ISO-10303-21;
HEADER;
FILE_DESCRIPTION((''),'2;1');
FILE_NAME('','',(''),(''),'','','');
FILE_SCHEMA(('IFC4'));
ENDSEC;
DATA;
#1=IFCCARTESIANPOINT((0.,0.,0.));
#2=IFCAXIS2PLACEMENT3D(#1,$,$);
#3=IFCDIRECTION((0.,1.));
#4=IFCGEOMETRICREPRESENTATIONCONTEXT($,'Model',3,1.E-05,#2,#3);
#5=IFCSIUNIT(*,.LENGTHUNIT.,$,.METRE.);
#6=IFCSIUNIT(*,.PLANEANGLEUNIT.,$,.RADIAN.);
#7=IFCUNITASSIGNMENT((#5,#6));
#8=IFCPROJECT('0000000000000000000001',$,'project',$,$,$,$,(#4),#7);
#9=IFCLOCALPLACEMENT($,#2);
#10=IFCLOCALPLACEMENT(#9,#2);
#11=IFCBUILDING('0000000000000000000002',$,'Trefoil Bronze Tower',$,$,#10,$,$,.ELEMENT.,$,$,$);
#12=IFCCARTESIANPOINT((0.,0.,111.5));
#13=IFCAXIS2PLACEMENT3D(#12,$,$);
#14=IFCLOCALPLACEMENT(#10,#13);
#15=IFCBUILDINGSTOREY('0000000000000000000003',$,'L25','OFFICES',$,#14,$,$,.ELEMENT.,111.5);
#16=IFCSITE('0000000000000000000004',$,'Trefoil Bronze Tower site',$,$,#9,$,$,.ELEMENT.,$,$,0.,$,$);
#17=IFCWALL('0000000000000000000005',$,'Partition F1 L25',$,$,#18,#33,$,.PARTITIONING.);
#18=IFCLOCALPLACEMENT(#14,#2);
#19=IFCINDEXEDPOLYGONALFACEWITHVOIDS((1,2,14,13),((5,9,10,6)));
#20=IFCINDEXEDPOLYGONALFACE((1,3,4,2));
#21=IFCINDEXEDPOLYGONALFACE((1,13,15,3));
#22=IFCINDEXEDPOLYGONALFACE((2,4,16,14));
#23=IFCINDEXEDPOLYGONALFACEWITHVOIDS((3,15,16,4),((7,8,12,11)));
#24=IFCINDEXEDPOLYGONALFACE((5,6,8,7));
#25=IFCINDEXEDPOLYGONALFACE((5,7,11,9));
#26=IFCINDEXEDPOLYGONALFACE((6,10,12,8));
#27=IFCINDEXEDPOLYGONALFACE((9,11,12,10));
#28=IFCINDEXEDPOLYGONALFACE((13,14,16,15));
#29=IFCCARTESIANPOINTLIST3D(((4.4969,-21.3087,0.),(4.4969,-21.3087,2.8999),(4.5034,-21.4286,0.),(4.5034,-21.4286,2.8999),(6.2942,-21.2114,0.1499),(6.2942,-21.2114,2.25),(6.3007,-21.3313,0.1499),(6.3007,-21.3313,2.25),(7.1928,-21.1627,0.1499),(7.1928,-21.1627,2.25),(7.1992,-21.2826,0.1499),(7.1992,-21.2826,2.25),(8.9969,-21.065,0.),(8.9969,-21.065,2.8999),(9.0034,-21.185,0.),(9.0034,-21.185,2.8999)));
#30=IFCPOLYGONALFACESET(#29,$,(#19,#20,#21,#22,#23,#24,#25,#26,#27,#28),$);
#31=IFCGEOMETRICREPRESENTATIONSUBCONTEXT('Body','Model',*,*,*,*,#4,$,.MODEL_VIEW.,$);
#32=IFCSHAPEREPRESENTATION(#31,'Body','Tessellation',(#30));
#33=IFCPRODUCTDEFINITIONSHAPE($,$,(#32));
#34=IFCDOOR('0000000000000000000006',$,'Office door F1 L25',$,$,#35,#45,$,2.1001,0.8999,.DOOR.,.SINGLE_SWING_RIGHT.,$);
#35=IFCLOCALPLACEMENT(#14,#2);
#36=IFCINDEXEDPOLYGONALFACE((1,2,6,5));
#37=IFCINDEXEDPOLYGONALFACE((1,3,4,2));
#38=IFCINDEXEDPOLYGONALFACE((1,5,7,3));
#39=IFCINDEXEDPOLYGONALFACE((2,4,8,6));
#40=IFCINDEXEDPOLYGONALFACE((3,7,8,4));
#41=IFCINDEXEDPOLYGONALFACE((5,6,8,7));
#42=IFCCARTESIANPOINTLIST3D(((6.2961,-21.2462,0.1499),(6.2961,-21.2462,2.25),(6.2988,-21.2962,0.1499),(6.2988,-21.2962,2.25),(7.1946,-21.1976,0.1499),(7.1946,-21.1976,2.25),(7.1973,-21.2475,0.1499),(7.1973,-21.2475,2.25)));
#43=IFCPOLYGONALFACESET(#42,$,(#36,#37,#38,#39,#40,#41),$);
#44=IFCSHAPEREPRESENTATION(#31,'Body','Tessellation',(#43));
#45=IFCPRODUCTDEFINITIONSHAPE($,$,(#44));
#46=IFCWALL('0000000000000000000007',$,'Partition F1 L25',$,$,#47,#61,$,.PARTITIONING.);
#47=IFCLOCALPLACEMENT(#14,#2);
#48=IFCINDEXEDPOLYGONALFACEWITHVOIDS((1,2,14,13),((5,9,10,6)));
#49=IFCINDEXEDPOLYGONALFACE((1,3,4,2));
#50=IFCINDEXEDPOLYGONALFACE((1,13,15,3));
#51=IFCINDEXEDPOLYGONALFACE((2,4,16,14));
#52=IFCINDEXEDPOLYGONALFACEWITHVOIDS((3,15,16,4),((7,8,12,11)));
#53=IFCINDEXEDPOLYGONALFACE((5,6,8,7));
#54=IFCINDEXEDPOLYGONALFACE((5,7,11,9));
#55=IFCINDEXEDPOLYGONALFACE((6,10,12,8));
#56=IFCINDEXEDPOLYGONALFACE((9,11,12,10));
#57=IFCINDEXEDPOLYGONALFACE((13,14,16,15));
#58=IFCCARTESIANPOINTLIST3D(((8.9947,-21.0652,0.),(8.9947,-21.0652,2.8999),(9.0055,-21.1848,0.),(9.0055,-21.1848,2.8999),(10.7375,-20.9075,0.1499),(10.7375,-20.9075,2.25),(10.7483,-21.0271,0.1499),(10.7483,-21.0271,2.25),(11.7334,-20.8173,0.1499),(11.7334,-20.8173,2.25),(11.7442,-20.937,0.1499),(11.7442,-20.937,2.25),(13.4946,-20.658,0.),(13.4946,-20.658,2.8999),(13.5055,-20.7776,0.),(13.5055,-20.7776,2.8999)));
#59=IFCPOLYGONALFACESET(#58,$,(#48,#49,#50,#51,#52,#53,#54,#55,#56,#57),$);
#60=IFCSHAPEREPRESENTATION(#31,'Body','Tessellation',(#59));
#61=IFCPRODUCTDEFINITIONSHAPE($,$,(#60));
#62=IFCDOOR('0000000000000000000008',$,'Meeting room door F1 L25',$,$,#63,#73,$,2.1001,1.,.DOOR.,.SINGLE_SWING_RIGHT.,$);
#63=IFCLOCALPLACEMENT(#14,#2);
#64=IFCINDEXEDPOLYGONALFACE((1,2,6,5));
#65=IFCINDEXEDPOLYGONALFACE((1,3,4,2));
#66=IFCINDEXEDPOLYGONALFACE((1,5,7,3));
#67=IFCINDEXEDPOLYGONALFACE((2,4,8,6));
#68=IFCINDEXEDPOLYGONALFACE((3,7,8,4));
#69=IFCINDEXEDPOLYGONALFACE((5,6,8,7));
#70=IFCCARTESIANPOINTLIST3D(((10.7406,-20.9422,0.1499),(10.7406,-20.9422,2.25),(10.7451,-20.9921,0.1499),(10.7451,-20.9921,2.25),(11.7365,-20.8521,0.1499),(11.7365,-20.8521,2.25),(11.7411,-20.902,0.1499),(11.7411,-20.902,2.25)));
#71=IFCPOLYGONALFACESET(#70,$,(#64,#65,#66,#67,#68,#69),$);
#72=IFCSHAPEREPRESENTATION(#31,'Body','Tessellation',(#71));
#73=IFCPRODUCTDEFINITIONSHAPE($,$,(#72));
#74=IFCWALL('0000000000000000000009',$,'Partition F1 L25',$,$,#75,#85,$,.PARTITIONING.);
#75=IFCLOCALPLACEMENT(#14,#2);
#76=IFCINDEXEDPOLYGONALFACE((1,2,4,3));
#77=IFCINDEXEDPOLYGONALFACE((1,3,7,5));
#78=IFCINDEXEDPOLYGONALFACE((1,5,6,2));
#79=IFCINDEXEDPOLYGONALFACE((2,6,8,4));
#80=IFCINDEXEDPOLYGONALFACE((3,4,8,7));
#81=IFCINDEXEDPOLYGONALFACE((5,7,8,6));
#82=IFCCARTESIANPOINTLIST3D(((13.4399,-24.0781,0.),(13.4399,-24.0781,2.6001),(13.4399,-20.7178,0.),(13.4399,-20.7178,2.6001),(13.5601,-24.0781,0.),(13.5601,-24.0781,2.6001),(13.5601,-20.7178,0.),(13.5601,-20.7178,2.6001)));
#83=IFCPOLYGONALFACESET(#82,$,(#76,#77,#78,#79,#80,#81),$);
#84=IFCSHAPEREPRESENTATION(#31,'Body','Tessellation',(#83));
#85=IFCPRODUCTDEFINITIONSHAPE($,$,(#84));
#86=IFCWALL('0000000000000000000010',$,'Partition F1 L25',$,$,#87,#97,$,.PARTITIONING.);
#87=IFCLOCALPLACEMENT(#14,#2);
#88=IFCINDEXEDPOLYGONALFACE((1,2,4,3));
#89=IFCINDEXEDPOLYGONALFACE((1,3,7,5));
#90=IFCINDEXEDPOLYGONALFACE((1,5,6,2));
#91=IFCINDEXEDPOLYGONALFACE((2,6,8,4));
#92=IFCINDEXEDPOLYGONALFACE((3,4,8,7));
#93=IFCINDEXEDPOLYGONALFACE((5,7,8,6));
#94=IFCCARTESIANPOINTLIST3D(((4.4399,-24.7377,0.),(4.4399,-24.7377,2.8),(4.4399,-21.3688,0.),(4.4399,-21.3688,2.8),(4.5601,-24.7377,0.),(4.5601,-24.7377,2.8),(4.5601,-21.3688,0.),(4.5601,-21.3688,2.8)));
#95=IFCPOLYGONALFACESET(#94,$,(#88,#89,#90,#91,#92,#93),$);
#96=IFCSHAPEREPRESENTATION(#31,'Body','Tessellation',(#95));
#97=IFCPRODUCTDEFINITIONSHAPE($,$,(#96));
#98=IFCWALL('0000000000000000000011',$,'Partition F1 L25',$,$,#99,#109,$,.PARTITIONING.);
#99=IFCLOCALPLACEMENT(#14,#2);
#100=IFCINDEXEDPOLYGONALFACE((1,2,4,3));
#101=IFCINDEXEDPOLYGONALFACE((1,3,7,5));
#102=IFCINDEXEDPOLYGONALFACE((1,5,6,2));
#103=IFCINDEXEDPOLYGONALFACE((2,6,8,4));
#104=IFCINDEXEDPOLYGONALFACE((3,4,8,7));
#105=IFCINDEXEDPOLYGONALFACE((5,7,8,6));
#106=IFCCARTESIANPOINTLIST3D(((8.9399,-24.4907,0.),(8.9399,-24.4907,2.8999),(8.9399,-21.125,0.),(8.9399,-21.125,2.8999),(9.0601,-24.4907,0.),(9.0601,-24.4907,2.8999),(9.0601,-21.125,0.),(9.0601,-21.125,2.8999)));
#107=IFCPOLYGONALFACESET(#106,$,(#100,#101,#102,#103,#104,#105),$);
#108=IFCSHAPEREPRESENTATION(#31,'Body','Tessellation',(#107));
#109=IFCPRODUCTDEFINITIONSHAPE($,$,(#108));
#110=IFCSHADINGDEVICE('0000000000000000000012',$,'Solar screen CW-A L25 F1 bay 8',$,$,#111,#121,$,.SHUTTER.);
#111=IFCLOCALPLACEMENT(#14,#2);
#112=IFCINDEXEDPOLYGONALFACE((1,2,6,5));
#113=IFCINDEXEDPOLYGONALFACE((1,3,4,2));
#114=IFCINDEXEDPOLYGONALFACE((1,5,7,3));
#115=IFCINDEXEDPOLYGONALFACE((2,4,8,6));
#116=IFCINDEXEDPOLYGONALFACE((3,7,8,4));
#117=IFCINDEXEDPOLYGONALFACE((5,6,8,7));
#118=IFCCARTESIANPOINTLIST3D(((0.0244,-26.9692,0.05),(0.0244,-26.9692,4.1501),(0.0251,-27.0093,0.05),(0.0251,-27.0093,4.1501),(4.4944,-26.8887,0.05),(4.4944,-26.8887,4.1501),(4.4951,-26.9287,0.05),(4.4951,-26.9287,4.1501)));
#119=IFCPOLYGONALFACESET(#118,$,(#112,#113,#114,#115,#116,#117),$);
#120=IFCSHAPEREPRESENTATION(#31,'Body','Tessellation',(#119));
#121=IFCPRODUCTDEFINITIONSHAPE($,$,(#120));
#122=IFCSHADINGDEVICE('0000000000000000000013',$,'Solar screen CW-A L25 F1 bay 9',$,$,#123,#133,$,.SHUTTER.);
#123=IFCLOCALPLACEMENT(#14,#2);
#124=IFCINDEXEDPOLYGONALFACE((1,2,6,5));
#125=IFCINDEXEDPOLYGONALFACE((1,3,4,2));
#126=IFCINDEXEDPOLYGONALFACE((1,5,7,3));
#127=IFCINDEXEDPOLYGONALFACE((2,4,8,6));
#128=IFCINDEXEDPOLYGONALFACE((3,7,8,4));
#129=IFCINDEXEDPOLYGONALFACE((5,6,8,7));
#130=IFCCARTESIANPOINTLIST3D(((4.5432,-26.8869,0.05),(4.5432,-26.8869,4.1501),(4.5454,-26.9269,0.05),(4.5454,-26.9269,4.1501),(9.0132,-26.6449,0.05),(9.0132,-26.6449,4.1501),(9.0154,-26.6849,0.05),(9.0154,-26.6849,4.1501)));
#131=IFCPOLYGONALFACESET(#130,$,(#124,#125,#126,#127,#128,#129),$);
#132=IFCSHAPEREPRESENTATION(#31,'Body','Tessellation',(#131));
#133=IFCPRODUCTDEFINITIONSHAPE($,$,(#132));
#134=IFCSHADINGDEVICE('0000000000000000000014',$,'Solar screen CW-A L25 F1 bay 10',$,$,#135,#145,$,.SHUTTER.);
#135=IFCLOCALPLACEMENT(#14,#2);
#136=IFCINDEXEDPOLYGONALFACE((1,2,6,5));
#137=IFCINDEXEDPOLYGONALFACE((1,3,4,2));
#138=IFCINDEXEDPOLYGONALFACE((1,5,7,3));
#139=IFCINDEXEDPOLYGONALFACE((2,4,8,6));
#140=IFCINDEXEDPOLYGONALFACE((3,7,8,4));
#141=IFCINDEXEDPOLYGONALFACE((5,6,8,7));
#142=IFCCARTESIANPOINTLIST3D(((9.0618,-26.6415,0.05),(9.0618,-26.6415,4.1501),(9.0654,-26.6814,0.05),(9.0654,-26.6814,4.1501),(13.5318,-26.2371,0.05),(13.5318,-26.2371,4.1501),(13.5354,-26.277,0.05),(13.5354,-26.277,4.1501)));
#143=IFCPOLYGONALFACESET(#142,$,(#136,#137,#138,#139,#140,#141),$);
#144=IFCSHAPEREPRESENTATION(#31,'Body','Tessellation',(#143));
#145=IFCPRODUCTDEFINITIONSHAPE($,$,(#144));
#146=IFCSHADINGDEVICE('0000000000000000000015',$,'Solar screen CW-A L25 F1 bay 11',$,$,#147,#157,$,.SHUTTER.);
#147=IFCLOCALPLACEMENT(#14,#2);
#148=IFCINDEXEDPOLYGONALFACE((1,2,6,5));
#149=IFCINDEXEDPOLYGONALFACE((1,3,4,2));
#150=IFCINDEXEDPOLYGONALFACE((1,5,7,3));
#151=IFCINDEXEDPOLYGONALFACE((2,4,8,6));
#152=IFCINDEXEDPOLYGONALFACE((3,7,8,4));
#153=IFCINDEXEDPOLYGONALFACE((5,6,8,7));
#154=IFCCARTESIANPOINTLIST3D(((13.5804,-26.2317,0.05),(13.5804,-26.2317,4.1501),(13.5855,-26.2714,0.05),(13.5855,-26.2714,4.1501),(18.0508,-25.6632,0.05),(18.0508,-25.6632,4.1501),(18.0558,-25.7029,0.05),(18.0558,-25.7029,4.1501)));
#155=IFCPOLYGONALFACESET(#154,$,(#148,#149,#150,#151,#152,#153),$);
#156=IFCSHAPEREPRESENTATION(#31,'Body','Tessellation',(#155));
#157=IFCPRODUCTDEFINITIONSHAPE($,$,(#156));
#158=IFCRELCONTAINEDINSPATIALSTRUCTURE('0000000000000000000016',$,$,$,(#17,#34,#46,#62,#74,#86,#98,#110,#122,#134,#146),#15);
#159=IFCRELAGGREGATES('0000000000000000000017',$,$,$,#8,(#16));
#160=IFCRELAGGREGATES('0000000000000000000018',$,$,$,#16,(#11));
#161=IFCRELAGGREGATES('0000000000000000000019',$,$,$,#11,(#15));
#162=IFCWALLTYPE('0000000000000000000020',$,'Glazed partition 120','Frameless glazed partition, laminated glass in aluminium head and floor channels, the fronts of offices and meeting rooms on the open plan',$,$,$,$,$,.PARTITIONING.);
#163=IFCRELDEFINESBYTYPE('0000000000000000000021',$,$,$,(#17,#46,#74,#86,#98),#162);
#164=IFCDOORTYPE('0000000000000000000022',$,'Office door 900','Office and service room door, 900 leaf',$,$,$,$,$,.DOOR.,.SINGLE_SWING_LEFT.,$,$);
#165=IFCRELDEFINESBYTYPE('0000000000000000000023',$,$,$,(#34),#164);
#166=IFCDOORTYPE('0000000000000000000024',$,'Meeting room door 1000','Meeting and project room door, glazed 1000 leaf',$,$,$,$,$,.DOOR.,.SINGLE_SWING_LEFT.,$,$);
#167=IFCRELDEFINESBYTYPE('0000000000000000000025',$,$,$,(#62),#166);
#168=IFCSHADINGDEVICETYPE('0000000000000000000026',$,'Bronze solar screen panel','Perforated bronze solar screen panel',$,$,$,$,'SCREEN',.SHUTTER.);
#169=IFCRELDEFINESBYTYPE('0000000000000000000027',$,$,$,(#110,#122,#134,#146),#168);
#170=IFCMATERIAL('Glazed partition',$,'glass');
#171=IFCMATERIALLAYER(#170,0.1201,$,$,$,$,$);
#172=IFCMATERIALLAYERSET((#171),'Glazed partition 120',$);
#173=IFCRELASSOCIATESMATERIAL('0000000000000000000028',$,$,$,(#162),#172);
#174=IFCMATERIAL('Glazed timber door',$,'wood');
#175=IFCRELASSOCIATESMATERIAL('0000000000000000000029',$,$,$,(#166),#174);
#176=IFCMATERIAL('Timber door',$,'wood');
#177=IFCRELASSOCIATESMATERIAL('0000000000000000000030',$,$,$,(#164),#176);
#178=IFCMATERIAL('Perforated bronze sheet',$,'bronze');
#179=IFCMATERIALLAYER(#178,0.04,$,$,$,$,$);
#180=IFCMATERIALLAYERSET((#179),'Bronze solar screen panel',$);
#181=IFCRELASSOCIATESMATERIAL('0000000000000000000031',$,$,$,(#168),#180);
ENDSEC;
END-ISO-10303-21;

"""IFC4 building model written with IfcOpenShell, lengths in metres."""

from ifc_helpers import new_model, si_unit, direction, frame, frame_2d, origin, origin_2d, place, context, subcontext, project, spatial, rectangle, extrude, material, layer, layer_set, type_object, element, fill, save


model = new_model("IFC4")

# Units and contexts
model_context = context("Model", 3, precision=1e-05, world=origin(), true_north=direction((0.0, 1.0)))
body_context = subcontext(model_context, "Body", "Model", "MODEL_VIEW")
ifc_project = project(units=[si_unit("LENGTHUNIT", "METRE"), si_unit("PLANEANGLEUNIT", "RADIAN")], contexts=[model_context])

# Site, building, storey
site_placement = place(None, origin())
site = spatial("IfcSite", under=ifc_project, at=site_placement, Name="Trefoil Bronze Tower site", CompositionType="ELEMENT", RefElevation=0.0)
building_placement = place(site_placement, origin())
building = spatial("IfcBuilding", under=site, at=building_placement, Name="Trefoil Bronze Tower", CompositionType="ELEMENT")
storey_placement = place(building_placement, frame((0.0, 0.0, 111.5)))
storey = spatial("IfcBuildingStorey", under=building, at=storey_placement, Name="L25", Description="OFFICES", CompositionType="ELEMENT", Elevation=111.5)

# Walls, openings, doors
ifc_material_1 = material(Name="Glazed partition", Category="glass")
ifc_layer_1 = layer(ifc_material_1, 0.1201)
ifc_layer_set_1 = layer_set([ifc_layer_1], Name="Glazed partition 120")
wall_type = type_object("IfcWallType", Name="Glazed partition 120", Description="Frameless glazed partition, laminated glass in aluminium head and floor channels, the fronts of offices and meeting rooms on the open plan", PredefinedType="PARTITIONING", material=ifc_layer_set_1)
ifc_material_2 = material(Name="Glazed timber door", Category="wood")
door_type_1 = type_object("IfcDoorType", Name="Meeting room door 1000", Description="Meeting and project room door, glazed 1000 leaf", OperationType="SINGLE_SWING_LEFT", PredefinedType="DOOR", material=ifc_material_2)
wall_1_placement = place(storey_placement, frame((4.5, -21.3687, 0.0), z_axis=(0.0, 0.0, 1.0), x_axis=(0.998537, 0.054066, 0.0)))
wall_1 = element("IfcWall", 1, at=wall_1_placement, inside=storey, type_object=wall_type, Name="Partition F1 L25", PredefinedType="PARTITIONING", context=body_context, shape_type="SweptSolid", body=[
    extrude(rectangle(XDim=4.5066, YDim=0.1201, at=frame_2d((2.2534, 0.0))), origin(), (0.0, 0.0, 1.0), 2.8999),
])
opening_1_placement = place(wall_1_placement, frame((1.8, 0.0, 0.1499)))
opening_1 = element("IfcOpeningElement", 2, at=opening_1_placement, cuts=wall_1, PredefinedType="OPENING", context=body_context, shape_type="SweptSolid", body=[
    extrude(rectangle(XDim=0.8999, YDim=2.1001, at=frame_2d((0.45, 1.05))), frame((0.0, 0.0701, 0.0), z_axis=(0.0, -1.0, 0.0), x_axis=(1.0, 0.0, 0.0)), (0.0, 0.0, 1.0), 0.1401),
])
ifc_material_3 = material(Name="Timber door", Category="wood")
door_type_2 = type_object("IfcDoorType", Name="Office door 900", Description="Office and service room door, 900 leaf", OperationType="SINGLE_SWING_LEFT", PredefinedType="DOOR", material=ifc_material_3)
door_1_placement = place(opening_1_placement, frame((0.8999, 0.0, 0.0), z_axis=(0.0, 0.0, 1.0), x_axis=(-1.0, 0.0, 0.0)))
door_1 = element("IfcDoor", 3, at=door_1_placement, inside=storey, type_object=door_type_2, Name="Office door F1 L25", OperationType="SINGLE_SWING_RIGHT", OverallHeight=2.1001, OverallWidth=0.8999, PredefinedType="DOOR", context=body_context, shape_type="SweptSolid", body=[
    extrude(rectangle(XDim=0.8999, YDim=2.1001, at=frame_2d((0.45, 1.05))), frame((0.0, 0.0249, 0.0), z_axis=(0.0, -1.0, 0.0), x_axis=(1.0, 0.0, 0.0)), (0.0, 0.0, 1.0), 0.05),
])
fill(opening_1, door_1)
wall_2_placement = place(storey_placement, frame((9.0, -21.125, 0.0), z_axis=(0.0, 0.0, 1.0), x_axis=(0.99593, 0.090127, 0.0)))
wall_2 = element("IfcWall", 4, at=wall_2_placement, inside=storey, type_object=wall_type, Name="Partition F1 L25", PredefinedType="PARTITIONING", context=body_context, shape_type="SweptSolid", body=[
    extrude(rectangle(XDim=4.5183, YDim=0.1201, at=frame_2d((2.2593, 0.0))), origin(), (0.0, 0.0, 1.0), 2.8999),
])
opening_2_placement = place(wall_2_placement, frame((1.75, 0.0, 0.1499)))
opening_2 = element("IfcOpeningElement", 5, at=opening_2_placement, cuts=wall_2, PredefinedType="OPENING", context=body_context, shape_type="SweptSolid", body=[
    extrude(rectangle(XDim=1.0, YDim=2.1001, at=frame_2d((0.5, 1.05))), frame((0.0, 0.0701, 0.0), z_axis=(0.0, -1.0, 0.0), x_axis=(1.0, 0.0, 0.0)), (0.0, 0.0, 1.0), 0.1401),
])
door_2_placement = place(opening_2_placement, frame((1.0, 0.0, 0.0), z_axis=(0.0, 0.0, 1.0), x_axis=(-1.0, 0.0, 0.0)))
door_2 = element("IfcDoor", 6, at=door_2_placement, inside=storey, type_object=door_type_1, Name="Meeting room door F1 L25", OperationType="SINGLE_SWING_RIGHT", OverallHeight=2.1001, OverallWidth=1.0, PredefinedType="DOOR", context=body_context, shape_type="SweptSolid", body=[
    extrude(rectangle(XDim=1.0, YDim=2.1001, at=frame_2d((0.5, 1.05))), frame((0.0, 0.0249, 0.0), z_axis=(0.0, -1.0, 0.0), x_axis=(1.0, 0.0, 0.0)), (0.0, 0.0, 1.0), 0.05),
])
fill(opening_2, door_2)

# Walls
wall_3_placement = place(storey_placement, frame((13.5, -20.7178, 0.0), z_axis=(0.0, 0.0, 1.0), x_axis=(0.0, -1.0, 0.0)))
element("IfcWall", 7, at=wall_3_placement, inside=storey, type_object=wall_type, Name="Partition F1 L25", PredefinedType="PARTITIONING", context=body_context, shape_type="SweptSolid", body=[
    extrude(rectangle(XDim=3.3604, YDim=0.1201, at=frame_2d((1.6802, 0.0))), origin(), (0.0, 0.0, 1.0), 2.6001),
])
wall_4_placement = place(storey_placement, frame((4.5, -21.3687, 0.0), z_axis=(0.0, 0.0, 1.0), x_axis=(0.0, -1.0, 0.0)))
element("IfcWall", 8, at=wall_4_placement, inside=storey, type_object=wall_type, Name="Partition F1 L25", PredefinedType="PARTITIONING", context=body_context, shape_type="SweptSolid", body=[
    extrude(rectangle(XDim=3.3689, YDim=0.1201, at=frame_2d((1.6846, 0.0))), origin(), (0.0, 0.0, 1.0), 2.8),
])
wall_5_placement = place(storey_placement, frame((9.0, -21.125, 0.0), z_axis=(0.0, 0.0, 1.0), x_axis=(0.0, -1.0, 0.0)))
element("IfcWall", 9, at=wall_5_placement, inside=storey, type_object=wall_type, Name="Partition F1 L25", PredefinedType="PARTITIONING", context=body_context, shape_type="SweptSolid", body=[
    extrude(rectangle(XDim=3.3657, YDim=0.1201, at=frame_2d((1.6829, 0.0))), origin(), (0.0, 0.0, 1.0), 2.8999),
])

# Shading devices
ifc_material_4 = material(Name="Perforated bronze sheet", Category="bronze")
ifc_layer_2 = layer(ifc_material_4, 0.04)
ifc_layer_set_2 = layer_set([ifc_layer_2], Name="Bronze solar screen panel")
shading_device_type = type_object("IfcShadingDeviceType", Name="Bronze solar screen panel", Description="Perforated bronze solar screen panel", ElementType="SCREEN", PredefinedType="SHUTTER", material=ifc_layer_set_2)
shading_device_1_placement = place(storey_placement, frame((2.2598, -26.949, 0.05), z_axis=(0.0, 0.0, 1.0), x_axis=(0.999838, 0.018021, 0.0)))
element("IfcShadingDevice", 10, at=shading_device_1_placement, inside=storey, type_object=shading_device_type, Name="Solar screen CW-A L25 F1 bay 8", PredefinedType="SHUTTER", context=body_context, shape_type="SweptSolid", body=[
    extrude(rectangle(XDim=4.4707, YDim=0.04, at=origin_2d()), origin(), (0.0, 0.0, 1.0), 4.1001),
])
shading_device_2_placement = place(storey_placement, frame((6.7793, -26.7859, 0.05), z_axis=(0.0, 0.0, 1.0), x_axis=(0.998538, 0.054063, 0.0)))
element("IfcShadingDevice", 11, at=shading_device_2_placement, inside=storey, type_object=shading_device_type, Name="Solar screen CW-A L25 F1 bay 9", PredefinedType="SHUTTER", context=body_context, shape_type="SweptSolid", body=[
    extrude(rectangle(XDim=4.4766, YDim=0.04, at=origin_2d()), origin(), (0.0, 0.0, 1.0), 4.1001),
])
shading_device_3_placement = place(storey_placement, frame((11.2986, -26.4592, 0.05), z_axis=(0.0, 0.0, 1.0), x_axis=(0.995932, 0.090105, 0.0)))
element("IfcShadingDevice", 12, at=shading_device_3_placement, inside=storey, type_object=shading_device_type, Name="Solar screen CW-A L25 F1 bay 10", PredefinedType="SHUTTER", context=body_context, shape_type="SweptSolid", body=[
    extrude(rectangle(XDim=4.4883, YDim=0.04, at=origin_2d()), origin(), (0.0, 0.0, 1.0), 4.1001),
])
shading_device_4_placement = place(storey_placement, frame((15.8181, -25.9673, 0.05), z_axis=(0.0, 0.0, 1.0), x_axis=(0.992012, 0.126147, 0.0)))
element("IfcShadingDevice", 13, at=shading_device_4_placement, inside=storey, type_object=shading_device_type, Name="Solar screen CW-A L25 F1 bay 11", PredefinedType="SHUTTER", context=body_context, shape_type="SweptSolid", body=[
    extrude(rectangle(XDim=4.5063, YDim=0.04, at=origin_2d()), origin(), (0.0, 0.0, 1.0), 4.1001),
])

save(model, "model.ifc")
